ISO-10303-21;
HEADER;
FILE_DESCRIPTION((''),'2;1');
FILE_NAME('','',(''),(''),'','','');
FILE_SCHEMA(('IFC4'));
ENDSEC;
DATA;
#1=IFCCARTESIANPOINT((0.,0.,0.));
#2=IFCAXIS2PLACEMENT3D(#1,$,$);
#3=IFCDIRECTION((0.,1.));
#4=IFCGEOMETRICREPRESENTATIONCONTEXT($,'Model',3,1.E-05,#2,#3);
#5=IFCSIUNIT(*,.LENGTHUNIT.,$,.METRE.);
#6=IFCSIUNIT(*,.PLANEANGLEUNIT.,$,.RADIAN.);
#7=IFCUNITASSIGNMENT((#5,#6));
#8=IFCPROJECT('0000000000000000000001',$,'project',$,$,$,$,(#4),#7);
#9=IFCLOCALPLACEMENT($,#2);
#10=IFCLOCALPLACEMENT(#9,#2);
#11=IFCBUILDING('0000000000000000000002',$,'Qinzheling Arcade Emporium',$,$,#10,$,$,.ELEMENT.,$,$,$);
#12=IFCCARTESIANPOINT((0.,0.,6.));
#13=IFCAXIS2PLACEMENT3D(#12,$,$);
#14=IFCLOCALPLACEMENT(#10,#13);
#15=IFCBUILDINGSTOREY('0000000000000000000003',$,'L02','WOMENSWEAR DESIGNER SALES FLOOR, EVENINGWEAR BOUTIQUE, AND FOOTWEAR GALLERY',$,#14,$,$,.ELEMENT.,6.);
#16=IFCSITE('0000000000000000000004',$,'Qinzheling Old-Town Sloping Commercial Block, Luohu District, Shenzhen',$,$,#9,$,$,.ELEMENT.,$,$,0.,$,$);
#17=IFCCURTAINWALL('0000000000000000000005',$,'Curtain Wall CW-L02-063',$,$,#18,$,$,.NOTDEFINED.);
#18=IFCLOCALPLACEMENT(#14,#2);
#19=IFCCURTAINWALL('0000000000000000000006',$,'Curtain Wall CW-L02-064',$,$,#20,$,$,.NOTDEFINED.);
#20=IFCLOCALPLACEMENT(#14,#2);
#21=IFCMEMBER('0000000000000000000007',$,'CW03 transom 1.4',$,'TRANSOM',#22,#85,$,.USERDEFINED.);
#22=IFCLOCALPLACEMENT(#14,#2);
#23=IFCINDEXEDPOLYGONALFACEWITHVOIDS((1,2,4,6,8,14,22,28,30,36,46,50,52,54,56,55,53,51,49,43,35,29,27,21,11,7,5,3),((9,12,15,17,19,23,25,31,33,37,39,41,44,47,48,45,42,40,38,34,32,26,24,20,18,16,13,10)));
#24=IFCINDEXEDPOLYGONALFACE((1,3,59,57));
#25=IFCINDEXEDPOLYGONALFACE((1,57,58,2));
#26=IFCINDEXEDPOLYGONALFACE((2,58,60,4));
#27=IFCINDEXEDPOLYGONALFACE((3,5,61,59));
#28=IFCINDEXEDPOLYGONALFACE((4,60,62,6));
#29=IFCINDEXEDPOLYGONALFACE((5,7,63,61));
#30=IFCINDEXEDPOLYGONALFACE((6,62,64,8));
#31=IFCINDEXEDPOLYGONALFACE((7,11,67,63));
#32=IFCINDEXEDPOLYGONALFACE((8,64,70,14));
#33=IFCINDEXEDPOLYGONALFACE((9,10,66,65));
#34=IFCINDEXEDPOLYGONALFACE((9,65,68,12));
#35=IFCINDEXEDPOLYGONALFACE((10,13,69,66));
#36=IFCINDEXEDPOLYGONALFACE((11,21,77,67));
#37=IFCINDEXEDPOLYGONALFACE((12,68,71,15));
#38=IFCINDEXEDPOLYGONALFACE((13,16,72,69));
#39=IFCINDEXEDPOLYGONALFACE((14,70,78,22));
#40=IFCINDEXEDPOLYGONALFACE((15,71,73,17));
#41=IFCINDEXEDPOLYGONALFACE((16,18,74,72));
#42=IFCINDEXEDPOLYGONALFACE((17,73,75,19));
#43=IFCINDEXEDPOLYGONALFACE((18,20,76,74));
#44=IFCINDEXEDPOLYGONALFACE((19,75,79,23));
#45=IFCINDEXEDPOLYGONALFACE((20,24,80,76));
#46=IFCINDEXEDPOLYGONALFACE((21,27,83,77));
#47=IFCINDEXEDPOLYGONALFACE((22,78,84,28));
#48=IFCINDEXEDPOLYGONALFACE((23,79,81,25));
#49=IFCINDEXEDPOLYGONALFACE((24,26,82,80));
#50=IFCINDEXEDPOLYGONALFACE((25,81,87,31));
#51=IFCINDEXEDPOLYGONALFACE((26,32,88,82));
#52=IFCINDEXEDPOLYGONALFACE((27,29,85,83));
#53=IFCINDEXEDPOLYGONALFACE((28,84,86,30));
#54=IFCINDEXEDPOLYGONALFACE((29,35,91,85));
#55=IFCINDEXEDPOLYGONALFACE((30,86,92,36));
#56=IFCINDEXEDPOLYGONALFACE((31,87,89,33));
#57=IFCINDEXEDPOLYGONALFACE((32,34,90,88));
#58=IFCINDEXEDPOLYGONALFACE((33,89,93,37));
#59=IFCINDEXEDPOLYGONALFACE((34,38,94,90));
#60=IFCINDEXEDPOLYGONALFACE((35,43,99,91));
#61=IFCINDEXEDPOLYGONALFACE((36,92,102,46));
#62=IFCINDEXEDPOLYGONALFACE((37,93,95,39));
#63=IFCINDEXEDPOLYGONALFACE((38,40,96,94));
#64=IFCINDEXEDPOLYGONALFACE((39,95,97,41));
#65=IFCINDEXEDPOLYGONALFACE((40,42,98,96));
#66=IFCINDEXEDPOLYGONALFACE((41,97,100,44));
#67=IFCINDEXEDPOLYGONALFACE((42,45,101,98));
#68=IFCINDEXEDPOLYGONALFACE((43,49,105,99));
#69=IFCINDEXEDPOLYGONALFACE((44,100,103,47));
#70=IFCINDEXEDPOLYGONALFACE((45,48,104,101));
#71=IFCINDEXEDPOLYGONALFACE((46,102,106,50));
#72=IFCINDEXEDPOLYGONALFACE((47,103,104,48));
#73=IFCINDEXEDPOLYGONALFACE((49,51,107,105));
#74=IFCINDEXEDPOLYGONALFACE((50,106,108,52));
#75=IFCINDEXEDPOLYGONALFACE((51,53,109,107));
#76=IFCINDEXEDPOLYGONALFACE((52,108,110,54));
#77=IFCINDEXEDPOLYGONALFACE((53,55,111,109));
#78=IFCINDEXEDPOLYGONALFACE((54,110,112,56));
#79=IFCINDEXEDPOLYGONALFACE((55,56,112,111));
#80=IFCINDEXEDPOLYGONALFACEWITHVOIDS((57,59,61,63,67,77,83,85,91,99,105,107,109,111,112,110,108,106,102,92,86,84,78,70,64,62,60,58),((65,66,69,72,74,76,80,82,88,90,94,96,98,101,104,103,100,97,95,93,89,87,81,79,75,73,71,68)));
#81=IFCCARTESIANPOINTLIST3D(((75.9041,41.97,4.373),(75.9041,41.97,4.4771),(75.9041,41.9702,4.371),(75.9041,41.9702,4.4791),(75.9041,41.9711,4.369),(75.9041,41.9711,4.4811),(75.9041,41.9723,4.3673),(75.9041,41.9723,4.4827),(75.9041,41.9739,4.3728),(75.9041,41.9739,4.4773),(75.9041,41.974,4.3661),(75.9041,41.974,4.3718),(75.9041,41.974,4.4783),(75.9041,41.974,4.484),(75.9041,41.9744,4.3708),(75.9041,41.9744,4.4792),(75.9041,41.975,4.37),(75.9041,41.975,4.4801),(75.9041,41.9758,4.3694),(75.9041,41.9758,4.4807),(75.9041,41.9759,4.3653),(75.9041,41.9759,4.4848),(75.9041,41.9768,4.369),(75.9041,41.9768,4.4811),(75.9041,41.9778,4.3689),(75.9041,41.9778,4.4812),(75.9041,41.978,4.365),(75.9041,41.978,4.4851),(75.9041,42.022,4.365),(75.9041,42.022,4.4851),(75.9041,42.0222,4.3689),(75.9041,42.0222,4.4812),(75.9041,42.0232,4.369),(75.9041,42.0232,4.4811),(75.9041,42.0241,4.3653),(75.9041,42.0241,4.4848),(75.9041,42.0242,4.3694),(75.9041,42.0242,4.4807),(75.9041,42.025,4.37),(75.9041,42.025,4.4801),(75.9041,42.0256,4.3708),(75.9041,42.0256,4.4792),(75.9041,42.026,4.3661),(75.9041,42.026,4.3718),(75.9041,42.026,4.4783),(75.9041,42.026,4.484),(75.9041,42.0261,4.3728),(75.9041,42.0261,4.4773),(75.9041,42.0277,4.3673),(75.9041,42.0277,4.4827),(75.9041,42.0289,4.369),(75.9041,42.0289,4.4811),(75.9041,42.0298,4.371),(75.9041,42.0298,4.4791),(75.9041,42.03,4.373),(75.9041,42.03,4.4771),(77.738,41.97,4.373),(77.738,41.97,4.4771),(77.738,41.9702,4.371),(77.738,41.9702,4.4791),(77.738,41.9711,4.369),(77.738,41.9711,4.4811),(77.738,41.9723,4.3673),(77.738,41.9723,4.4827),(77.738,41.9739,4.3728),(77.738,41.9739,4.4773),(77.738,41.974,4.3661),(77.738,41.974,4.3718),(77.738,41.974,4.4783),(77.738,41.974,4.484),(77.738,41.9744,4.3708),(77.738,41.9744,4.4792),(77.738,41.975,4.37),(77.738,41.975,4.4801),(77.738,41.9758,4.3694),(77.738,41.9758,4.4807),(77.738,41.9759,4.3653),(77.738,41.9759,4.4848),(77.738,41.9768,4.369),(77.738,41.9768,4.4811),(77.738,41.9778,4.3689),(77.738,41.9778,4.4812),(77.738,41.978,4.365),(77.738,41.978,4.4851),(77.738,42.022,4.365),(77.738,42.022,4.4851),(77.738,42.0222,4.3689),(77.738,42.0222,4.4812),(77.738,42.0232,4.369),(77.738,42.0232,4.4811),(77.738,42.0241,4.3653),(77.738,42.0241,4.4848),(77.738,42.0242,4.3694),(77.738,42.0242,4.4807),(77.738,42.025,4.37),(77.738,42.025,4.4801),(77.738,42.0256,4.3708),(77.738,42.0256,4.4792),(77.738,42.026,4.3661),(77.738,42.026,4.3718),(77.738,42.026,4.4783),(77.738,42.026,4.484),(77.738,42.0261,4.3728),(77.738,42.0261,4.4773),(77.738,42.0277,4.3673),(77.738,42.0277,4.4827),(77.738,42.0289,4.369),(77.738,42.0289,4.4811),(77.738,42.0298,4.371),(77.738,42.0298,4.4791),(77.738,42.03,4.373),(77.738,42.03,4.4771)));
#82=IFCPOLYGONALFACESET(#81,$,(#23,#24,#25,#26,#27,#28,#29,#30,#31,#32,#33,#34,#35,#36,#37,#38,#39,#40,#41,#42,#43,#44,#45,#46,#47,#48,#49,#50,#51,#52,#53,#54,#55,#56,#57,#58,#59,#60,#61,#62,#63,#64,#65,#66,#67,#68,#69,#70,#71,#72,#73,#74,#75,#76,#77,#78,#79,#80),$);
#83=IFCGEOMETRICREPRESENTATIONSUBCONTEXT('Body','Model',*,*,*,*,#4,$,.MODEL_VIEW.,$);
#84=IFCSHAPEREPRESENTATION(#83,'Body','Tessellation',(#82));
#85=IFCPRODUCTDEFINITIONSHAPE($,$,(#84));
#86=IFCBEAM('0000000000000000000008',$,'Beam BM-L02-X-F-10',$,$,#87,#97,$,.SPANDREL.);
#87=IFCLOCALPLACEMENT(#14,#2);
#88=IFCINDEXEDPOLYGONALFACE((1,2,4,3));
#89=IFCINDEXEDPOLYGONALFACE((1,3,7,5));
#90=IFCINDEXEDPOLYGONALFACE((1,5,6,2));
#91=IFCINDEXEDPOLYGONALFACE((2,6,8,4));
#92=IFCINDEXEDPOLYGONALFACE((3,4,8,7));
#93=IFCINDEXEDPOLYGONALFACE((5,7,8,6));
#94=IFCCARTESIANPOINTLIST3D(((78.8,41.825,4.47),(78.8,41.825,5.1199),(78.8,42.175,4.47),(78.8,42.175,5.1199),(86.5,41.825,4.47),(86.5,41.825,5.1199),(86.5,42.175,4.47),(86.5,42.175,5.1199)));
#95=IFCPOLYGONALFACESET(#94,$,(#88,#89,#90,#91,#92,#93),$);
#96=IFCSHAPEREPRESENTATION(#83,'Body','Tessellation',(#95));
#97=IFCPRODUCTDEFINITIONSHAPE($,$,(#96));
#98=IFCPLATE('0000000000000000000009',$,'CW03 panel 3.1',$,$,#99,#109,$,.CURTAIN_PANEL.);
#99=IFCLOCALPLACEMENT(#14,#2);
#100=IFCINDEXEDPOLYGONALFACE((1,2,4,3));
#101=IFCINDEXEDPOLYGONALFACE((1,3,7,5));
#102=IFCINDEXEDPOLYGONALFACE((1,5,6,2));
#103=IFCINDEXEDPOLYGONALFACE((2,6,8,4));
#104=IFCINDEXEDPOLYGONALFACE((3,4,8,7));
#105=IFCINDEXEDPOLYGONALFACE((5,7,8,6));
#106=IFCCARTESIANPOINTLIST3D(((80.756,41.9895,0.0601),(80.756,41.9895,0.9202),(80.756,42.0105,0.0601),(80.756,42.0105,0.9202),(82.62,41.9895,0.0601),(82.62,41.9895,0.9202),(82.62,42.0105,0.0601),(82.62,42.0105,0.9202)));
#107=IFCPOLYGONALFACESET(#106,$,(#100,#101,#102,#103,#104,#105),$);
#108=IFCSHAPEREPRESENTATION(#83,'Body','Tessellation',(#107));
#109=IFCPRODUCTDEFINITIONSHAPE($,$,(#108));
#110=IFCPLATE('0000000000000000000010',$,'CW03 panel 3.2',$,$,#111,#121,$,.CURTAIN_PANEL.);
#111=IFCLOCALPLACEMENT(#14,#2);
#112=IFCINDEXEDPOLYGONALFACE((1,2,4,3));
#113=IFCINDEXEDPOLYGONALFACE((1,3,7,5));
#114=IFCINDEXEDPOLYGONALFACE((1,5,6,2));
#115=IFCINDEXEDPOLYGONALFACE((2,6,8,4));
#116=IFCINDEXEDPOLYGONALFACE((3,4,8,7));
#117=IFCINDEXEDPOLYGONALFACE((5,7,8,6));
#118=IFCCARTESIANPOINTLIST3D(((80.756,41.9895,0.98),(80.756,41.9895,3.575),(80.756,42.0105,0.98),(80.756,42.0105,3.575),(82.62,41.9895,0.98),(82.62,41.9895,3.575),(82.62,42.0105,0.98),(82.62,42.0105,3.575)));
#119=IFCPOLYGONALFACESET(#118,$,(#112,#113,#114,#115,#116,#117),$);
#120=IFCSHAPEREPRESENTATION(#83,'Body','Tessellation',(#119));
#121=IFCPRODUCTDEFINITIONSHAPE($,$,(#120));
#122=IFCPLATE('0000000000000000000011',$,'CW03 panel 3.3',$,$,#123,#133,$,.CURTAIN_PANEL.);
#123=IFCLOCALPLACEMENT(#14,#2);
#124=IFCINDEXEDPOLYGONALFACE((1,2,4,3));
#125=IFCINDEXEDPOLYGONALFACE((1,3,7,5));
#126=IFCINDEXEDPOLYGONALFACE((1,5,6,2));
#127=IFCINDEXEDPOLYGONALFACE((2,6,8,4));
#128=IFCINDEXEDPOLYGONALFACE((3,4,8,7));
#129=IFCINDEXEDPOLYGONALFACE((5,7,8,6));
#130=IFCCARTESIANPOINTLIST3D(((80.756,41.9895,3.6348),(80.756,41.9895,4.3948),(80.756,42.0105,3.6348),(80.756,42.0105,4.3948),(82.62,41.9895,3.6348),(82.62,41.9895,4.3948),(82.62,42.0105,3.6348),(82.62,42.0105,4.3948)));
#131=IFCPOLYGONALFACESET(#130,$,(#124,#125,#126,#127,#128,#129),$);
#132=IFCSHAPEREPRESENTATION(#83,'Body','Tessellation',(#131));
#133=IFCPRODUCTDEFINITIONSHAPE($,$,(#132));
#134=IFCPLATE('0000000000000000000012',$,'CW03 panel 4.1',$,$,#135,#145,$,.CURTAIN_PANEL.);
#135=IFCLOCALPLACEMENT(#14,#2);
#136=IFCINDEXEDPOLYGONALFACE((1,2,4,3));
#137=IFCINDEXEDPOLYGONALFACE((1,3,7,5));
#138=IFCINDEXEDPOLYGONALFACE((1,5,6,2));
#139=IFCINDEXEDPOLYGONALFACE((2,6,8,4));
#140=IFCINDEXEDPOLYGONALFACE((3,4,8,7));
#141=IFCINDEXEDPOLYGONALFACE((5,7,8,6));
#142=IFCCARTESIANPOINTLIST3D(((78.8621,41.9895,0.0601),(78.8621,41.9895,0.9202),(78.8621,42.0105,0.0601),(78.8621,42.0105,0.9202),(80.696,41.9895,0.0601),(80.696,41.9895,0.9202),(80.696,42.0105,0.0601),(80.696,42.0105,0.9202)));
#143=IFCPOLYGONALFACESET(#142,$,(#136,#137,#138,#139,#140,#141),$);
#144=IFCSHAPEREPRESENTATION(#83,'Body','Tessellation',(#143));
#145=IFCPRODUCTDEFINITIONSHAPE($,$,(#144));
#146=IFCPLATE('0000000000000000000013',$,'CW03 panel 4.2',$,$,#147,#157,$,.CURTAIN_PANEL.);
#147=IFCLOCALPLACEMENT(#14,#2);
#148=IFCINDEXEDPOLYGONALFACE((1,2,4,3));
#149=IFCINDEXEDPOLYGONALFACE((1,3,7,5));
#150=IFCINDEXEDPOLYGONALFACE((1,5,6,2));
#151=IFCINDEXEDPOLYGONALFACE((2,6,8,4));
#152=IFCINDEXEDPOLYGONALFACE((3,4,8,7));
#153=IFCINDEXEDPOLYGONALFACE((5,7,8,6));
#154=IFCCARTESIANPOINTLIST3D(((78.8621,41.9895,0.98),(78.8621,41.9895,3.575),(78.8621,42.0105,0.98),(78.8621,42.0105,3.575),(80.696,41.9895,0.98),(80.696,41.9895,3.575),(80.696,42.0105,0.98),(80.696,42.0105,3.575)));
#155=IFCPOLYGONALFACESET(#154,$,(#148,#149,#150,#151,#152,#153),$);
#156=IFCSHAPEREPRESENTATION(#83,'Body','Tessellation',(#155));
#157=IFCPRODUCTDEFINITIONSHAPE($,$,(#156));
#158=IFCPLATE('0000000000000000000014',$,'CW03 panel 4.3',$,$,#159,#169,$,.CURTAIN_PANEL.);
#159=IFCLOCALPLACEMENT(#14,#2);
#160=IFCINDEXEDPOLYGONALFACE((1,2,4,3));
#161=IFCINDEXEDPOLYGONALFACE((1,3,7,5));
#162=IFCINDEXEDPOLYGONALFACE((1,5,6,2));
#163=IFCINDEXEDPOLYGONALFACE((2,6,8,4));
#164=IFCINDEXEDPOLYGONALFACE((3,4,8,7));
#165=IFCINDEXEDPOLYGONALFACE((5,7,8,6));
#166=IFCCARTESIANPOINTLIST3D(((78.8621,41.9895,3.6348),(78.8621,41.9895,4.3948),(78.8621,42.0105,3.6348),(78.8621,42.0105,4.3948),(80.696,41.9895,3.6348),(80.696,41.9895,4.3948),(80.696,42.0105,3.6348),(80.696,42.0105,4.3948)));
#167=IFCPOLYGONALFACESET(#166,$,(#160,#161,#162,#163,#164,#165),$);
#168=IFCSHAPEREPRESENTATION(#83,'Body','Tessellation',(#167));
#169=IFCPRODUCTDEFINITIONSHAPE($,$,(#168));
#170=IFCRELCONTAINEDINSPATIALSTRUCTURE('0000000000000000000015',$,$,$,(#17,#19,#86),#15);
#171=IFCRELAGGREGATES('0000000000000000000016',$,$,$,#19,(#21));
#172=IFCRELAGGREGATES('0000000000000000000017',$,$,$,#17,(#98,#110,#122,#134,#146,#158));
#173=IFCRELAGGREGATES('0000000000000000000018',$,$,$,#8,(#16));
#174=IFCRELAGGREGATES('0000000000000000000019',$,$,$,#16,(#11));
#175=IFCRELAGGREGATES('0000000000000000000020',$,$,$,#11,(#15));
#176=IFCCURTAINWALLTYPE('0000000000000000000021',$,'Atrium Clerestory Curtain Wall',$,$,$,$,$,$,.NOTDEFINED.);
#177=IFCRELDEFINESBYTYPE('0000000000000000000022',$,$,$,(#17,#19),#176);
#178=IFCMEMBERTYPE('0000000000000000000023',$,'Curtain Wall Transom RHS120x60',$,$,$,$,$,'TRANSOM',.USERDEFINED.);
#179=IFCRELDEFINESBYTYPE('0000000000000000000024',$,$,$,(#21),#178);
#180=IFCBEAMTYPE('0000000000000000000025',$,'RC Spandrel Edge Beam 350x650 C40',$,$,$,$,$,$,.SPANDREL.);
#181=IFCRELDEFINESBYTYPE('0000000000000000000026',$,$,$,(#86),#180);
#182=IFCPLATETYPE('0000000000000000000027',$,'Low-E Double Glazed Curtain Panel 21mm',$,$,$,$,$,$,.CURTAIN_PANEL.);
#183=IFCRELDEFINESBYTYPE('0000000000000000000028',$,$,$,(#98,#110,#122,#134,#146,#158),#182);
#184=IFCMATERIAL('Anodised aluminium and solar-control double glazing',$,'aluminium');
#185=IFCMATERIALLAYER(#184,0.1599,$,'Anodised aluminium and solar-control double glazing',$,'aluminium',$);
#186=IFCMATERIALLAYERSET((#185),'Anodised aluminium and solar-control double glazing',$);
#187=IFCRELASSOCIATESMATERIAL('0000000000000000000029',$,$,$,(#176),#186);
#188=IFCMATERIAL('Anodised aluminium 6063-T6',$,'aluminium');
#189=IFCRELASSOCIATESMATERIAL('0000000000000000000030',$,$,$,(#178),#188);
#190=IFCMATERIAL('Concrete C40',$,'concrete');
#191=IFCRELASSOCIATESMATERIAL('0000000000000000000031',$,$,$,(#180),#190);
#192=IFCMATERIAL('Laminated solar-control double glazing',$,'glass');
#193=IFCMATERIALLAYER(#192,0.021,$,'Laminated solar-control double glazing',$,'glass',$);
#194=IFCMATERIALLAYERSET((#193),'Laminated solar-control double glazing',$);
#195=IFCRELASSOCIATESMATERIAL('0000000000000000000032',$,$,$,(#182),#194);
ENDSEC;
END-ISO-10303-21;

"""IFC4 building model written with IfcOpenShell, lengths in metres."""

from ifc_helpers import new_model, si_unit, direction, frame, origin, origin_2d, place, context, subcontext, project, spatial, rectangle, hollow_rectangle, extrude, material, layer, layer_set, material_profile, profile_set, type_object, element, aggregate, save


model = new_model("IFC4")

# Units and contexts
model_context = context("Model", 3, precision=1e-05, world=origin(), true_north=direction((0.0, 1.0)))
body_context = subcontext(model_context, "Body", "Model", "MODEL_VIEW")
ifc_project = project(units=[si_unit("LENGTHUNIT", "METRE"), si_unit("PLANEANGLEUNIT", "RADIAN")], contexts=[model_context])

# Site, building, storey
site_placement = place(None, origin())
site = spatial("IfcSite", under=ifc_project, at=site_placement, Name="Qinzheling Old-Town Sloping Commercial Block, Luohu District, Shenzhen", CompositionType="ELEMENT", RefElevation=0.0)
building_placement = place(site_placement, origin())
building = spatial("IfcBuilding", under=site, at=building_placement, Name="Qinzheling Arcade Emporium", CompositionType="ELEMENT")
storey_placement = place(building_placement, frame((0.0, 0.0, 6.0)))
storey = spatial("IfcBuildingStorey", under=building, at=storey_placement, Name="L02", Description="WOMENSWEAR DESIGNER SALES FLOOR, EVENINGWEAR BOUTIQUE, AND FOOTWEAR GALLERY", CompositionType="ELEMENT", Elevation=6.0)

# Curtain wall
ifc_material_1 = material(Name="Anodised aluminium and solar-control double glazing", Category="aluminium")
ifc_layer_1 = layer(ifc_material_1, 0.1599, Name="Anodised aluminium and solar-control double glazing", Category="aluminium")
ifc_layer_set_1 = layer_set([ifc_layer_1], Name="Anodised aluminium and solar-control double glazing")
curtain_wall_type = type_object("IfcCurtainWallType", Name="Atrium Clerestory Curtain Wall", PredefinedType="NOTDEFINED", material=ifc_layer_set_1)
curtain_wall_1_placement = place(storey_placement, origin())
curtain_wall_1 = element("IfcCurtainWall", 1, at=curtain_wall_1_placement, inside=storey, type_object=curtain_wall_type, Name="Curtain Wall CW-L02-063", PredefinedType="NOTDEFINED")
ifc_material_2 = material(Name="Anodised aluminium 6063-T6", Category="aluminium")

# Curtain wall
curtain_wall_2_placement = place(storey_placement, origin())
curtain_wall_2 = element("IfcCurtainWall", 2, at=curtain_wall_2_placement, inside=storey, type_object=curtain_wall_type, Name="Curtain Wall CW-L02-064", PredefinedType="NOTDEFINED")

# Member
ifc_material_profile_1 = material_profile(ifc_material_2, hollow_rectangle(XDim=0.0601, YDim=0.1201, WallThickness=0.0039, InnerFilletRadius=0.0039, OuterFilletRadius=0.0081, at=origin_2d()), Name="RHS 120x60x4", Category="aluminium")
ifc_profile_set_1 = profile_set([ifc_material_profile_1], Name="Anodised aluminium 6063-T6")
member_type_1 = type_object("IfcMemberType", Name="Curtain Wall Transom RHS120x60", ElementType="TRANSOM", PredefinedType="USERDEFINED", material=ifc_profile_set_1)
member_1_placement = place(storey_placement, frame((77.738, 42.0, 4.425), z_axis=(-1.0, 0.0, 0.0), x_axis=(0.0, -1.0, 0.0)))
member_1 = element("IfcMember", 3, at=member_1_placement, type_object=member_type_1, Name="CW03 transom 1.4", ObjectType="TRANSOM", PredefinedType="USERDEFINED", context=body_context, shape_type="SweptSolid", body=[
    extrude(hollow_rectangle(XDim=0.0601, YDim=0.1201, WallThickness=0.0039, InnerFilletRadius=0.0039, OuterFilletRadius=0.0081, at=origin_2d()), origin(), (0.0, 0.0, 1.0), 1.834),
])
aggregate(curtain_wall_2, [member_1])

# Beam
ifc_material_3 = material(Name="Concrete C40", Category="concrete")
ifc_material_profile_2 = material_profile(ifc_material_3, rectangle(XDim=0.3501, YDim=0.6499, at=origin_2d()), Name="RC 350x650", Category="concrete")
ifc_profile_set_2 = profile_set([ifc_material_profile_2], Name="Concrete C40")
beam_type = type_object("IfcBeamType", Name="RC Spandrel Edge Beam 350x650 C40", PredefinedType="SPANDREL", material=ifc_profile_set_2)
beam_placement = place(storey_placement, frame((78.8, 42.0, 4.7949), z_axis=(1.0, 0.0, 0.0), x_axis=(0.0, 1.0, 0.0)))
element("IfcBeam", 4, at=beam_placement, inside=storey, type_object=beam_type, Name="Beam BM-L02-X-F-10", PredefinedType="SPANDREL", context=body_context, shape_type="SweptSolid", body=[
    extrude(rectangle(XDim=0.3501, YDim=0.6499, at=origin_2d()), origin(), (0.0, 0.0, 1.0), 7.7),
])

# Plates
ifc_material_4 = material(Name="Laminated solar-control double glazing", Category="glass")
ifc_layer_2 = layer(ifc_material_4, 0.021, Name="Laminated solar-control double glazing", Category="glass")
ifc_layer_set_2 = layer_set([ifc_layer_2], Name="Laminated solar-control double glazing")
plate_type = type_object("IfcPlateType", Name="Low-E Double Glazed Curtain Panel 21mm", PredefinedType="CURTAIN_PANEL", material=ifc_layer_set_2)
plate_1_placement = place(storey_placement, frame((81.688, 42.0, 0.0601), z_axis=(0.0, 0.0, 1.0), x_axis=(-1.0, 0.0, 0.0)))
plate_1 = element("IfcPlate", 5, at=plate_1_placement, type_object=plate_type, Name="CW03 panel 3.1", PredefinedType="CURTAIN_PANEL", context=body_context, shape_type="SweptSolid", body=[
    extrude(rectangle(XDim=1.864, YDim=0.021, at=origin_2d()), origin(), (0.0, 0.0, 1.0), 0.8601),
])
plate_2_placement = place(storey_placement, frame((81.688, 42.0, 0.98), z_axis=(0.0, 0.0, 1.0), x_axis=(-1.0, 0.0, 0.0)))
plate_2 = element("IfcPlate", 6, at=plate_2_placement, type_object=plate_type, Name="CW03 panel 3.2", PredefinedType="CURTAIN_PANEL", context=body_context, shape_type="SweptSolid", body=[
    extrude(rectangle(XDim=1.864, YDim=0.021, at=origin_2d()), origin(), (0.0, 0.0, 1.0), 2.595),
])
plate_3_placement = place(storey_placement, frame((81.688, 42.0, 3.6348), z_axis=(0.0, 0.0, 1.0), x_axis=(-1.0, 0.0, 0.0)))
plate_3 = element("IfcPlate", 7, at=plate_3_placement, type_object=plate_type, Name="CW03 panel 3.3", PredefinedType="CURTAIN_PANEL", context=body_context, shape_type="SweptSolid", body=[
    extrude(rectangle(XDim=1.864, YDim=0.021, at=origin_2d()), origin(), (0.0, 0.0, 1.0), 0.76),
])
plate_4_placement = place(storey_placement, frame((79.7791, 42.0, 0.0601), z_axis=(0.0, 0.0, 1.0), x_axis=(-1.0, 0.0, 0.0)))
plate_4 = element("IfcPlate", 8, at=plate_4_placement, type_object=plate_type, Name="CW03 panel 4.1", PredefinedType="CURTAIN_PANEL", context=body_context, shape_type="SweptSolid", body=[
    extrude(rectangle(XDim=1.834, YDim=0.021, at=origin_2d()), origin(), (0.0, 0.0, 1.0), 0.8601),
])
plate_5_placement = place(storey_placement, frame((79.7791, 42.0, 0.98), z_axis=(0.0, 0.0, 1.0), x_axis=(-1.0, 0.0, 0.0)))
plate_5 = element("IfcPlate", 9, at=plate_5_placement, type_object=plate_type, Name="CW03 panel 4.2", PredefinedType="CURTAIN_PANEL", context=body_context, shape_type="SweptSolid", body=[
    extrude(rectangle(XDim=1.834, YDim=0.021, at=origin_2d()), origin(), (0.0, 0.0, 1.0), 2.595),
])
plate_6_placement = place(storey_placement, frame((79.7791, 42.0, 3.6348), z_axis=(0.0, 0.0, 1.0), x_axis=(-1.0, 0.0, 0.0)))
plate_6 = element("IfcPlate", 10, at=plate_6_placement, type_object=plate_type, Name="CW03 panel 4.3", PredefinedType="CURTAIN_PANEL", context=body_context, shape_type="SweptSolid", body=[
    extrude(rectangle(XDim=1.834, YDim=0.021, at=origin_2d()), origin(), (0.0, 0.0, 1.0), 0.76),
])
aggregate(curtain_wall_1, [plate_1, plate_2, plate_3, plate_4, plate_5, plate_6])

save(model, "model.ifc")
